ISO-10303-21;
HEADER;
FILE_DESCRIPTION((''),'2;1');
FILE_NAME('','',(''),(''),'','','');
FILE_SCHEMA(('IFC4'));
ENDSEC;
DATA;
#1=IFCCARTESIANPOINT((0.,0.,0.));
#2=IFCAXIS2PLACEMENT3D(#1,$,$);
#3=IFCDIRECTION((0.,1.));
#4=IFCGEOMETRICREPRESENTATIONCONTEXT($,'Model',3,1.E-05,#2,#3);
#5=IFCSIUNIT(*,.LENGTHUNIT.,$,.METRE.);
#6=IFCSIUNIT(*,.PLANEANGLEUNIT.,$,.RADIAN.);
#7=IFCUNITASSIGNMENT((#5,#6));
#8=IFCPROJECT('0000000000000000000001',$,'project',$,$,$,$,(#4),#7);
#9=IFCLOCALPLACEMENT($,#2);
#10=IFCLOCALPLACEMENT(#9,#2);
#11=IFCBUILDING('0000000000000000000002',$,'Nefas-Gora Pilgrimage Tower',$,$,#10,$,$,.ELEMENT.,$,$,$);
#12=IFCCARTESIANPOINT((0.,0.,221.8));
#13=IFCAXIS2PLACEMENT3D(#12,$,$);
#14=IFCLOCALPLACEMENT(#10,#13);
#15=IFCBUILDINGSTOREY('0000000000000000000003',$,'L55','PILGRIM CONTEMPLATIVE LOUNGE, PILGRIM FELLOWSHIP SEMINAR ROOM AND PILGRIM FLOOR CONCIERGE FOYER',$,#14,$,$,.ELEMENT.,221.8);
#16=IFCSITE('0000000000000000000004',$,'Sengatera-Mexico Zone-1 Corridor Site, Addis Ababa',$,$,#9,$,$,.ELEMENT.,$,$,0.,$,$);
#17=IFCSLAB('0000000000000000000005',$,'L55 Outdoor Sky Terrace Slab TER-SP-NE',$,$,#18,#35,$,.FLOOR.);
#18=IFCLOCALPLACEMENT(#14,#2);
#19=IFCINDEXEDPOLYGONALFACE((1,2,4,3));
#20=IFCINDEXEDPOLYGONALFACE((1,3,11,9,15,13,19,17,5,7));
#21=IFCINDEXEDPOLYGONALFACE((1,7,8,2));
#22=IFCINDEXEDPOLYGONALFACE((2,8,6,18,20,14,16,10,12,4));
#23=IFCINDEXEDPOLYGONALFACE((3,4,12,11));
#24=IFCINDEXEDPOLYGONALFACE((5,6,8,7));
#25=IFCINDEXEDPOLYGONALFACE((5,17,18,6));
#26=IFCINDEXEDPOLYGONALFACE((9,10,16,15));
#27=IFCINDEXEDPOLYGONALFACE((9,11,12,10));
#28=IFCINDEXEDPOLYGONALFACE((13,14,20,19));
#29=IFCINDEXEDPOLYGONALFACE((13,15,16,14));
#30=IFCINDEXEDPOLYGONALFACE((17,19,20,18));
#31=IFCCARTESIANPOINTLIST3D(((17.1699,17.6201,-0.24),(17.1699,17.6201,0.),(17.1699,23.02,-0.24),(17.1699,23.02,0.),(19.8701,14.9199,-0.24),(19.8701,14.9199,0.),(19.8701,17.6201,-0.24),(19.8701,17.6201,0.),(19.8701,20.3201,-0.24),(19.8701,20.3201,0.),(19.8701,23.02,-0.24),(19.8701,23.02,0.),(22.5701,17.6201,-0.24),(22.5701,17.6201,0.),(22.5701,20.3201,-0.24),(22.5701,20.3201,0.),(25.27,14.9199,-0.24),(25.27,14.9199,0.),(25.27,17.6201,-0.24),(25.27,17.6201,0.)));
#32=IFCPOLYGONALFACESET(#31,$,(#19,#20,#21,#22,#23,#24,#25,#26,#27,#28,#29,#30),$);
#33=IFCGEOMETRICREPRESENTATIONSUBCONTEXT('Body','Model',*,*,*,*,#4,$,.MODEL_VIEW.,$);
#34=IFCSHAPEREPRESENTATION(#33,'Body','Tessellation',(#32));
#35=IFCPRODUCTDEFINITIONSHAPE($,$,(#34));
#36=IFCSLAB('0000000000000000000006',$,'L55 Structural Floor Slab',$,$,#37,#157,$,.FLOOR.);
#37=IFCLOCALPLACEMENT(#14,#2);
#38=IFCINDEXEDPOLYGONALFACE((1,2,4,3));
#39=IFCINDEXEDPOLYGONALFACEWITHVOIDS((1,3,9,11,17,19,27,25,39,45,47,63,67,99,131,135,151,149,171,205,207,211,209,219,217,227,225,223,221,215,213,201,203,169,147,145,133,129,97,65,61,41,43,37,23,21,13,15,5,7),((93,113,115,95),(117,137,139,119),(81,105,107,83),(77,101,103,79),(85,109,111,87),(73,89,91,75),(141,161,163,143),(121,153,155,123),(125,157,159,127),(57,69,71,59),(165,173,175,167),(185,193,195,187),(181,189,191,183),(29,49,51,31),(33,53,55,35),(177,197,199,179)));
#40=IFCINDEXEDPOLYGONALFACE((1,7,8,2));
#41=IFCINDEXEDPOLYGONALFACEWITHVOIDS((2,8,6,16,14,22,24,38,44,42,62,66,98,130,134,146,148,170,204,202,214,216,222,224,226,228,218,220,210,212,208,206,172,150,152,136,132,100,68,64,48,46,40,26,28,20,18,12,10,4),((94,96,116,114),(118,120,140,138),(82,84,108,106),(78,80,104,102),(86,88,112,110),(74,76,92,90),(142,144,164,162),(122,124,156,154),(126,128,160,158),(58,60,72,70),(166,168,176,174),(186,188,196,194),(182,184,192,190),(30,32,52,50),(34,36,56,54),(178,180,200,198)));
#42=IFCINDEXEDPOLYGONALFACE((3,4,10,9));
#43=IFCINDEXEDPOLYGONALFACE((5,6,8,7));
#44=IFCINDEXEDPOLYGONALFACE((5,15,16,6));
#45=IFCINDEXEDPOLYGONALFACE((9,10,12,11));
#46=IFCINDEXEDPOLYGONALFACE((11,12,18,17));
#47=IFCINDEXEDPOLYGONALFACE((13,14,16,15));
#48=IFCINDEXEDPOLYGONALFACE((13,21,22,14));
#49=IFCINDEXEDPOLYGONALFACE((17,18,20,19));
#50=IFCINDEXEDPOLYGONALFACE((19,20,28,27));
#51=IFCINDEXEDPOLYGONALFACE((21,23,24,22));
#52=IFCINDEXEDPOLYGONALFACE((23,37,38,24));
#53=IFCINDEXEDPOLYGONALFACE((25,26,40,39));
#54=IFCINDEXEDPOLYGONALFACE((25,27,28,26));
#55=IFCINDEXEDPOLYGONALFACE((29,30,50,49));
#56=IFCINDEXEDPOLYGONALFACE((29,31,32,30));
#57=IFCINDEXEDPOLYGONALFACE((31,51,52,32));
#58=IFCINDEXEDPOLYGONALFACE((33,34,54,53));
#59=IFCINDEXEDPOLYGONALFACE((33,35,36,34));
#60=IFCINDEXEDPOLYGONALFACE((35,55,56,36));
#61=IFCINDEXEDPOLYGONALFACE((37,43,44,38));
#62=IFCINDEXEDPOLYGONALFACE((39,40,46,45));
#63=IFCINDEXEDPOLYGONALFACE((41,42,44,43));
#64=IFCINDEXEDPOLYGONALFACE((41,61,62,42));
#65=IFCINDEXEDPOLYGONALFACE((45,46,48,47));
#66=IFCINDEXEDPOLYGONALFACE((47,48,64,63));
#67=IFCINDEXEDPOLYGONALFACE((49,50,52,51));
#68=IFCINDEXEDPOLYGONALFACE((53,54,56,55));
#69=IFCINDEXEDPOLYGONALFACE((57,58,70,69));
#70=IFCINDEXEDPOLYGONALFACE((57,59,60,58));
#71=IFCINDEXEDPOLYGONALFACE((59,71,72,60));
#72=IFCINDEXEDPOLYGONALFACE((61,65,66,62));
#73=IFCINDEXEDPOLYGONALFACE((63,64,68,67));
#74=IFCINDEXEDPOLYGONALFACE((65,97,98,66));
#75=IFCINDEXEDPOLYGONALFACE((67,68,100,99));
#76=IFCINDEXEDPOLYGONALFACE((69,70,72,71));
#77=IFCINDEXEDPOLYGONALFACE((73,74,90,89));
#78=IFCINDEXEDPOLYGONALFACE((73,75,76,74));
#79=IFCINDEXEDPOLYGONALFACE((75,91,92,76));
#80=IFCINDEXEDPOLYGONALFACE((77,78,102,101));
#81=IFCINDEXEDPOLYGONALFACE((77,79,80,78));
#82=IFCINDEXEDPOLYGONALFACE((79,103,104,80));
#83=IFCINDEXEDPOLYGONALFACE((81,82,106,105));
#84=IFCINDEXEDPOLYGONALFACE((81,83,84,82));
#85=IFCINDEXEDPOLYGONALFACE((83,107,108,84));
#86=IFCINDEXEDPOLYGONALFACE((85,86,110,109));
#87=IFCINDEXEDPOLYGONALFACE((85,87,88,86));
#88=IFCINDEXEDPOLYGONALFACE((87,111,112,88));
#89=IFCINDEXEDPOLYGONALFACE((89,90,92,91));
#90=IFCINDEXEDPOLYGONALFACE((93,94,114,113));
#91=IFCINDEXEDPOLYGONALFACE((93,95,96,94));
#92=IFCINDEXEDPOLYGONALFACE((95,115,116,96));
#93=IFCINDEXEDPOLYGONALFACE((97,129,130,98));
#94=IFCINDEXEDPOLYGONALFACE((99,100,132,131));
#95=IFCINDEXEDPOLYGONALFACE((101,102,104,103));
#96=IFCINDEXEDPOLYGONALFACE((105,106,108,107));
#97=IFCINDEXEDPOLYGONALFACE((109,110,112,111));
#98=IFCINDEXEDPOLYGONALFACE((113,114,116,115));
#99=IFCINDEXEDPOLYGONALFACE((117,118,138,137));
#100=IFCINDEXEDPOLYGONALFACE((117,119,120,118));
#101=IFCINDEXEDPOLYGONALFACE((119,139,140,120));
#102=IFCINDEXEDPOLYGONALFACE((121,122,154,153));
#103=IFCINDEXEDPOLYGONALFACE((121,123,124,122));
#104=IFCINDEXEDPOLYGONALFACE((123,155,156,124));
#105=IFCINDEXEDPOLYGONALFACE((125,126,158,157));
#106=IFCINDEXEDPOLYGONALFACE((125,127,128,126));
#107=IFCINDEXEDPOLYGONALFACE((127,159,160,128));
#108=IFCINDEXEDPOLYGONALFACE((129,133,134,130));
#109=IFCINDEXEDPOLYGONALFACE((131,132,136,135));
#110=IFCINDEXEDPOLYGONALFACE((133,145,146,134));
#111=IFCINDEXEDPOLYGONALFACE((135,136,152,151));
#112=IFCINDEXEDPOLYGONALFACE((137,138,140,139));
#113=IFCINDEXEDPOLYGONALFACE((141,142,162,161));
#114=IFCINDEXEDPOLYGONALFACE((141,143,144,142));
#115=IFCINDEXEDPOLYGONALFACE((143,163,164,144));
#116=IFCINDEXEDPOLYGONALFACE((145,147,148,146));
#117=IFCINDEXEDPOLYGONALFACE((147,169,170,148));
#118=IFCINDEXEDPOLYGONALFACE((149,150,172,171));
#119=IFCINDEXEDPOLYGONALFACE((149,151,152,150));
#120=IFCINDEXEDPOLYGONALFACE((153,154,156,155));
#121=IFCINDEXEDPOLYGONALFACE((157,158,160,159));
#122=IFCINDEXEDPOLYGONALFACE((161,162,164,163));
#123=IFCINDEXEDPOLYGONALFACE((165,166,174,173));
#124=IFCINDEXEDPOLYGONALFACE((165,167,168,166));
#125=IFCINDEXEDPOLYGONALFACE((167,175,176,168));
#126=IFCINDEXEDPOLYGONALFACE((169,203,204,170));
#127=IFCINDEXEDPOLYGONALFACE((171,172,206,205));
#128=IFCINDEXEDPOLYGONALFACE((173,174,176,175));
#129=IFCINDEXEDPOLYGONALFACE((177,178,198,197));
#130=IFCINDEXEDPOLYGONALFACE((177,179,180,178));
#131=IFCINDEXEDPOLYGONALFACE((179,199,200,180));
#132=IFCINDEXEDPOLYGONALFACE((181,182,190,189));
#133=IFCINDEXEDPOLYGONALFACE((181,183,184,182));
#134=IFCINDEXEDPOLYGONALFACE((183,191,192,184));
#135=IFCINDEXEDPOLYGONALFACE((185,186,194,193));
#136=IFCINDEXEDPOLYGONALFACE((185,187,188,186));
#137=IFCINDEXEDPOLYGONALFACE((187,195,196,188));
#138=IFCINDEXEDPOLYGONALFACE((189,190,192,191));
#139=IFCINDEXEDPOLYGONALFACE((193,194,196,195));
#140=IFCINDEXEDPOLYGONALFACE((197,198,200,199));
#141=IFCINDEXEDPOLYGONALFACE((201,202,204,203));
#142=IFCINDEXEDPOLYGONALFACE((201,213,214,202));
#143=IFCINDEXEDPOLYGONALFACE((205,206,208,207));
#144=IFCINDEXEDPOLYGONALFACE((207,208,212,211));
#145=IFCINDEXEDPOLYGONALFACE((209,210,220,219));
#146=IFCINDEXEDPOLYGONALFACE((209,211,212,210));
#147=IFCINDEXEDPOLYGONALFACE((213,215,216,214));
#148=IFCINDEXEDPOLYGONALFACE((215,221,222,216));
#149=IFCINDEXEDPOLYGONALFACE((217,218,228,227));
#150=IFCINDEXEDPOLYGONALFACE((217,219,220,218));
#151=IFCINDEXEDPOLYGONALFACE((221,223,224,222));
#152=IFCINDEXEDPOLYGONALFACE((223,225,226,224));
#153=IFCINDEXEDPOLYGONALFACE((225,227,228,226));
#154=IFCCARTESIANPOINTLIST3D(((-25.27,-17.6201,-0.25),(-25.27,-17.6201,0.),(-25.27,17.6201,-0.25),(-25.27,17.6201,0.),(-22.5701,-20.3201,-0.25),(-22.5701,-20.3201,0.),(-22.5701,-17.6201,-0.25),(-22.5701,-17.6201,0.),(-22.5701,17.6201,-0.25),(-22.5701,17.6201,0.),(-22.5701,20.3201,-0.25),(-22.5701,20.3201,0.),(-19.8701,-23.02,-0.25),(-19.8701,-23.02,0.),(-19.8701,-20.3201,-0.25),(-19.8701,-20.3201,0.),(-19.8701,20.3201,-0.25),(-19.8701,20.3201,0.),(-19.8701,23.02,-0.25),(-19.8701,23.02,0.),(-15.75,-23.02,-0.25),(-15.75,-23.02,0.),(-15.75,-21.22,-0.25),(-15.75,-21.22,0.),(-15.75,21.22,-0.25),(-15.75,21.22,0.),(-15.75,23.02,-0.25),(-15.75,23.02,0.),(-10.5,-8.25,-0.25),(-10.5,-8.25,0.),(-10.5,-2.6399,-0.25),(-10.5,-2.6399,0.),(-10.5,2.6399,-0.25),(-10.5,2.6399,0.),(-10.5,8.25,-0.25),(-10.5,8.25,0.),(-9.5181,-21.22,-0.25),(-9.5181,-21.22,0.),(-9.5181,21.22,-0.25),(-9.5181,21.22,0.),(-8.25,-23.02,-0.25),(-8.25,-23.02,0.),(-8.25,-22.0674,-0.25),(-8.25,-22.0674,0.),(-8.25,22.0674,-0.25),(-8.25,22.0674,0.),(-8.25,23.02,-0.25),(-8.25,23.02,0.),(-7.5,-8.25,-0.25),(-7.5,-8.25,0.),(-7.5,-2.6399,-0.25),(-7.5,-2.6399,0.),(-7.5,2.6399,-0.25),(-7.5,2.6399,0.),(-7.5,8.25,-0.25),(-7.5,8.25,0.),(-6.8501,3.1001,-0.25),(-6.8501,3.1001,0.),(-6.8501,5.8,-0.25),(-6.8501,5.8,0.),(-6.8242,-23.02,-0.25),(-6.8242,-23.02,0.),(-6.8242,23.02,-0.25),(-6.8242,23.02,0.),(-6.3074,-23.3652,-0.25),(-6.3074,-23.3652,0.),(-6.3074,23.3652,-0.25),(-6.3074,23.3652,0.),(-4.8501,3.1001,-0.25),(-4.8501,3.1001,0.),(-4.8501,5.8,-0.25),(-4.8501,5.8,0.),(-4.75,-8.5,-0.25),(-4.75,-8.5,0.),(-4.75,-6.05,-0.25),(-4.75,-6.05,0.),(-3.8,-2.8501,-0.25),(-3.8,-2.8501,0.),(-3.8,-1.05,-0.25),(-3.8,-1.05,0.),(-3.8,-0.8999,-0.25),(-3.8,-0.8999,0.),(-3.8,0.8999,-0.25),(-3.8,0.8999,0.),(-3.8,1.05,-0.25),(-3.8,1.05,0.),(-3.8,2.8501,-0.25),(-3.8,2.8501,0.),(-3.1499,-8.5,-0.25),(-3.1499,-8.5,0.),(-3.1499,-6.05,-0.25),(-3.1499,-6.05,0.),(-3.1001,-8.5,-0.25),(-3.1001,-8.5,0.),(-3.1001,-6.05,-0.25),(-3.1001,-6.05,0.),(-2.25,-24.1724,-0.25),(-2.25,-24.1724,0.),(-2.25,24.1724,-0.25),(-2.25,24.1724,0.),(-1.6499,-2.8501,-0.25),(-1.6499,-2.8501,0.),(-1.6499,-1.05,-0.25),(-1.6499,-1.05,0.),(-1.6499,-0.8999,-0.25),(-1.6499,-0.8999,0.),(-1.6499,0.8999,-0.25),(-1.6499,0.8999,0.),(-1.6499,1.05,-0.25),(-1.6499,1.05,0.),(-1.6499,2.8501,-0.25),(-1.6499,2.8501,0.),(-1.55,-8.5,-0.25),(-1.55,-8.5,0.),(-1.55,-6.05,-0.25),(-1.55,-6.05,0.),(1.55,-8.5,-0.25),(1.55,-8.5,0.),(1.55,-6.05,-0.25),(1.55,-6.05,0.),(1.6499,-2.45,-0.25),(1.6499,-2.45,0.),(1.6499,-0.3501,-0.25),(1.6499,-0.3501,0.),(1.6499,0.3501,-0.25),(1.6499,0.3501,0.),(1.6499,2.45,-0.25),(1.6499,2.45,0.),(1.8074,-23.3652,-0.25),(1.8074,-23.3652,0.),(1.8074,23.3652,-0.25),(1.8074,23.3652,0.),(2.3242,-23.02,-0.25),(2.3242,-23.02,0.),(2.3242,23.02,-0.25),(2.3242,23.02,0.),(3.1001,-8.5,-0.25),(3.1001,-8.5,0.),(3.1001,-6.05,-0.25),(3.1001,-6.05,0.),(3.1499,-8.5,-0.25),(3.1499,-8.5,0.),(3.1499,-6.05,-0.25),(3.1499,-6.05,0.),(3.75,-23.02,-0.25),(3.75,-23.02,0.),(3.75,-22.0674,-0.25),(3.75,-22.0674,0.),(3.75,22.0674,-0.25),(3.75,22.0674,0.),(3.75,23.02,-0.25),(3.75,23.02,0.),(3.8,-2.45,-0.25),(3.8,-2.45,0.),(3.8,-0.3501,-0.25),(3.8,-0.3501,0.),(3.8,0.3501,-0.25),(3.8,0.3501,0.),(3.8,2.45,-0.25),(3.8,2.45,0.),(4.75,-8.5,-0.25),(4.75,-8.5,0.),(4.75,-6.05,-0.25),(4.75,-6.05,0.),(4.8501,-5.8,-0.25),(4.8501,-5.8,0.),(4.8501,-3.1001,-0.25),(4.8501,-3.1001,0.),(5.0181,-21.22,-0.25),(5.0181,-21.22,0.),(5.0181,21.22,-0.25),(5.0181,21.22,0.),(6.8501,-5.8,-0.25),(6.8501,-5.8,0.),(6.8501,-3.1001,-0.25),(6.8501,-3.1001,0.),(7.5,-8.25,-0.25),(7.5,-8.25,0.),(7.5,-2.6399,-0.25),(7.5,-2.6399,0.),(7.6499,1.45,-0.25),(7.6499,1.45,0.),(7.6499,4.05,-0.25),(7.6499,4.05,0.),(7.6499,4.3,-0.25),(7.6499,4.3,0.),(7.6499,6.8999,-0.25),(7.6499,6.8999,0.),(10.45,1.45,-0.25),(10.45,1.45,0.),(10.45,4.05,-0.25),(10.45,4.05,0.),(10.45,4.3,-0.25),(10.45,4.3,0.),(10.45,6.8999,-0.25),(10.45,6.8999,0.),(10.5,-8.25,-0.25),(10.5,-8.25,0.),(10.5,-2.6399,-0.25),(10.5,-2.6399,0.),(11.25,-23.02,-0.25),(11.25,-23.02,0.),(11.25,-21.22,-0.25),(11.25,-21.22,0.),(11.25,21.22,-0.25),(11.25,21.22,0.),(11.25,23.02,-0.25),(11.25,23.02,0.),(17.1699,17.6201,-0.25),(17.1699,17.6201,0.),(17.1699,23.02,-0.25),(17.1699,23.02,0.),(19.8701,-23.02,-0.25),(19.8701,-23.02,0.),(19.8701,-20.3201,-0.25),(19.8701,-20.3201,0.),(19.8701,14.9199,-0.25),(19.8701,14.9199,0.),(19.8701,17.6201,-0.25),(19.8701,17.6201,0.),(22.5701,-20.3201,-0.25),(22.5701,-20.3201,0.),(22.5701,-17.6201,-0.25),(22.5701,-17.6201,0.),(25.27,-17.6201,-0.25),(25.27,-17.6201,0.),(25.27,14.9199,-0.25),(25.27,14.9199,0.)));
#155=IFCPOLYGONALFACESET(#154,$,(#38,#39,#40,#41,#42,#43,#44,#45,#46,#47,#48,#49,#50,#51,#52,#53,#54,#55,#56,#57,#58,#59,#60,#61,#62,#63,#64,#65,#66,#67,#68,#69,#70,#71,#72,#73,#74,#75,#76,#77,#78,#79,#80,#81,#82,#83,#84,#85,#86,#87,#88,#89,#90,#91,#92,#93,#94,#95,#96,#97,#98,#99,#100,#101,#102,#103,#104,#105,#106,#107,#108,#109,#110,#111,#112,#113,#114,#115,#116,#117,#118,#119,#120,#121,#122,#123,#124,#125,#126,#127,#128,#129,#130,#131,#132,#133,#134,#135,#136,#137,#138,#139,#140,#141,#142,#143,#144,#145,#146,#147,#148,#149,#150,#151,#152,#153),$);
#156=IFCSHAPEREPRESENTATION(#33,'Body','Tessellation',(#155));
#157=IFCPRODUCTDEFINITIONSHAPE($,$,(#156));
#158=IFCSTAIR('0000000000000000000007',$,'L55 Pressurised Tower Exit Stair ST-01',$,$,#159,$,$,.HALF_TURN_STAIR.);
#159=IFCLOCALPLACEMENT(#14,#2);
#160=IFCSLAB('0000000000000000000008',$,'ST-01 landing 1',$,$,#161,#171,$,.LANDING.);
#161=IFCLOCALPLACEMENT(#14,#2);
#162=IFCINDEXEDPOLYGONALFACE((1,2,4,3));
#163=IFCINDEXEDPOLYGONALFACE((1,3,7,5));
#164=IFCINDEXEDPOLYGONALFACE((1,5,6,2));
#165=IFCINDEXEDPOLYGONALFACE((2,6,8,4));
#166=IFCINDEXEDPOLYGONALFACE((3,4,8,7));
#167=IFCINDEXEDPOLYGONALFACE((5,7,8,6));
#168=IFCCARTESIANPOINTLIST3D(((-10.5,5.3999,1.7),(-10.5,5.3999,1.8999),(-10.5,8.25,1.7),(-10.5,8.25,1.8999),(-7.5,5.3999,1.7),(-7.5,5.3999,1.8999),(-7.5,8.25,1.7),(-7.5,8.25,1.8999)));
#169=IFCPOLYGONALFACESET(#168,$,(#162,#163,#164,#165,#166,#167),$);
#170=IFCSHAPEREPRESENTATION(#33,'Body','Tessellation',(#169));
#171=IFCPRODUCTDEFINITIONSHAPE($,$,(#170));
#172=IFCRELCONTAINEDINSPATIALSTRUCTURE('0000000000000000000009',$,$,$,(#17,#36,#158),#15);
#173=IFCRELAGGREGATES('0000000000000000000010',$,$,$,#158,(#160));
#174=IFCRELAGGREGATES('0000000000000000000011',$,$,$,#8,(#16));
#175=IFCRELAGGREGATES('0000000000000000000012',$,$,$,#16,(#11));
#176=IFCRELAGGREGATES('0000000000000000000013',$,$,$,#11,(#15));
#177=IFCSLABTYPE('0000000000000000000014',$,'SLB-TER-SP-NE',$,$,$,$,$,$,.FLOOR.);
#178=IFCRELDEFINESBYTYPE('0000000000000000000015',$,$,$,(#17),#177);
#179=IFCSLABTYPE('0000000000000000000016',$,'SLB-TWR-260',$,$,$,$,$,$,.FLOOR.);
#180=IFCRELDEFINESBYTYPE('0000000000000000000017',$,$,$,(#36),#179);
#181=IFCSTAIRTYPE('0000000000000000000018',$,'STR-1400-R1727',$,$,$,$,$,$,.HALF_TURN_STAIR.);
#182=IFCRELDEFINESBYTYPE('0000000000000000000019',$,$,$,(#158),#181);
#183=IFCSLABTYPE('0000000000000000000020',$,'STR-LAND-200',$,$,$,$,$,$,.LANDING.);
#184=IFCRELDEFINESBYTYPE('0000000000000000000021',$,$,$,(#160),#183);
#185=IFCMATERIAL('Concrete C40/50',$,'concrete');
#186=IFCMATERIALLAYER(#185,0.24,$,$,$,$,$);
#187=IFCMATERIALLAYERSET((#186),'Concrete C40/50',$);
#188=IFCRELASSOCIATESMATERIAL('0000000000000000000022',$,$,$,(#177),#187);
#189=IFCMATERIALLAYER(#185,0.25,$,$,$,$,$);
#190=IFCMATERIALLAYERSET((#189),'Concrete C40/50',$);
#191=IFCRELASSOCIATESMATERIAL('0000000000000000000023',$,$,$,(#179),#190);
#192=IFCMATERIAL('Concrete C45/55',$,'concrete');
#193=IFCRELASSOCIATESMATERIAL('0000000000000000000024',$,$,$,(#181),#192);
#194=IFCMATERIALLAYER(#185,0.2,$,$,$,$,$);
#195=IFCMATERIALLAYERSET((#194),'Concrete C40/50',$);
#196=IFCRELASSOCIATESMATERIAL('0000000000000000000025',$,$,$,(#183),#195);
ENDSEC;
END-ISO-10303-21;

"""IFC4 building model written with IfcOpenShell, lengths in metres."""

from ifc_helpers import new_model, si_unit, direction, frame, origin, place, context, subcontext, project, spatial, polyline, outline, extrude, material, layer, layer_set, type_object, element, aggregate, save


model = new_model("IFC4")

# Units and contexts
model_context = context("Model", 3, precision=1e-05, world=origin(), true_north=direction((0.0, 1.0)))
body_context = subcontext(model_context, "Body", "Model", "MODEL_VIEW")
ifc_project = project(units=[si_unit("LENGTHUNIT", "METRE"), si_unit("PLANEANGLEUNIT", "RADIAN")], contexts=[model_context])

# Site, building, storey
site_placement = place(None, origin())
site = spatial("IfcSite", under=ifc_project, at=site_placement, Name="Sengatera-Mexico Zone-1 Corridor Site, Addis Ababa", CompositionType="ELEMENT", RefElevation=0.0)
building_placement = place(site_placement, origin())
building = spatial("IfcBuilding", under=site, at=building_placement, Name="Nefas-Gora Pilgrimage Tower", CompositionType="ELEMENT")
storey_placement = place(building_placement, frame((0.0, 0.0, 221.8)))
storey = spatial("IfcBuildingStorey", under=building, at=storey_placement, Name="L55", Description="PILGRIM CONTEMPLATIVE LOUNGE, PILGRIM FELLOWSHIP SEMINAR ROOM AND PILGRIM FLOOR CONCIERGE FOYER", CompositionType="ELEMENT", Elevation=221.8)

# Slabs
ifc_material_1 = material(Name="Concrete C40/50", Category="concrete")
ifc_layer_1 = layer(ifc_material_1, 0.24)
ifc_layer_set_1 = layer_set([ifc_layer_1], Name="Concrete C40/50")
slab_type_1 = type_object("IfcSlabType", Name="SLB-TER-SP-NE", PredefinedType="FLOOR", material=ifc_layer_set_1)
slab_1_placement = place(storey_placement, frame((0.0, 0.0, -0.24)))
element("IfcSlab", 1, at=slab_1_placement, inside=storey, type_object=slab_type_1, Name="L55 Outdoor Sky Terrace Slab TER-SP-NE", PredefinedType="FLOOR", context=body_context, shape_type="SweptSolid", body=[
    extrude(outline(polyline([(17.1699, 23.02), (17.1699, 17.6201), (19.8701, 17.6201), (19.8701, 14.9199), (25.27, 14.9199), (25.27, 17.6201), (22.5701, 17.6201), (22.5701, 20.3201), (19.8701, 20.3201), (19.8701, 23.02), (17.1699, 23.02)])), origin(), (0.0, 0.0, 1.0), 0.24),
])
ifc_layer_2 = layer(ifc_material_1, 0.25)
ifc_layer_set_2 = layer_set([ifc_layer_2], Name="Concrete C40/50")
slab_type_2 = type_object("IfcSlabType", Name="SLB-TWR-260", PredefinedType="FLOOR", material=ifc_layer_set_2)
slab_2_placement = place(storey_placement, frame((0.0, 0.0, -0.25)))
element("IfcSlab", 2, at=slab_2_placement, inside=storey, type_object=slab_type_2, Name="L55 Structural Floor Slab", PredefinedType="FLOOR", context=body_context, shape_type="SweptSolid", body=[
    extrude(outline(polyline([(5.0181, -21.22), (11.25, -21.22), (11.25, -23.02), (19.8701, -23.02), (19.8701, -20.3201), (22.5701, -20.3201), (22.5701, -17.6201), (25.27, -17.6201), (25.27, 14.9199), (19.8701, 14.9199), (19.8701, 17.6201), (17.1699, 17.6201), (17.1699, 23.02), (11.25, 23.02), (11.25, 21.22), (5.0181, 21.22), (3.75, 22.0674), (3.75, 23.02), (2.3242, 23.02), (1.8074, 23.3652), (-2.25, 24.1724), (-6.3074, 23.3652), (-6.8242, 23.02), (-8.25, 23.02), (-8.25, 22.0674), (-9.5181, 21.22), (-15.75, 21.22), (-15.75, 23.02), (-19.8701, 23.02), (-19.8701, 20.3201), (-22.5701, 20.3201), (-22.5701, 17.6201), (-25.27, 17.6201), (-25.27, -17.6201), (-22.5701, -17.6201), (-22.5701, -20.3201), (-19.8701, -20.3201), (-19.8701, -23.02), (-15.75, -23.02), (-15.75, -21.22), (-9.5181, -21.22), (-8.25, -22.0674), (-8.25, -23.02), (-6.8242, -23.02), (-6.3074, -23.3652), (-2.25, -24.1724), (1.8074, -23.3652), (2.3242, -23.02), (3.75, -23.02), (3.75, -22.0674), (5.0181, -21.22)]), holes=[polyline([(-10.5, 2.6399), (-10.5, 8.25), (-7.5, 8.25), (-7.5, 2.6399), (-10.5, 2.6399)]), polyline([(10.5, -2.6399), (10.5, -8.25), (7.5, -8.25), (7.5, -2.6399), (10.5, -2.6399)]), polyline([(-7.5, -2.6399), (-7.5, -8.25), (-10.5, -8.25), (-10.5, -2.6399), (-7.5, -2.6399)]), polyline([(-6.8501, 5.8), (-4.8501, 5.8), (-4.8501, 3.1001), (-6.8501, 3.1001), (-6.8501, 5.8)]), polyline([(4.8501, -3.1001), (6.8501, -3.1001), (6.8501, -5.8), (4.8501, -5.8), (4.8501, -3.1001)]), polyline([(7.6499, 4.05), (10.45, 4.05), (10.45, 1.45), (7.6499, 1.45), (7.6499, 4.05)]), polyline([(7.6499, 6.8999), (10.45, 6.8999), (10.45, 4.3), (7.6499, 4.3), (7.6499, 6.8999)]), polyline([(-4.75, -6.05), (-3.1499, -6.05), (-3.1499, -8.5), (-4.75, -8.5), (-4.75, -6.05)]), polyline([(-3.1001, -6.05), (-1.55, -6.05), (-1.55, -8.5), (-3.1001, -8.5), (-3.1001, -6.05)]), polyline([(1.55, -6.05), (3.1001, -6.05), (3.1001, -8.5), (1.55, -8.5), (1.55, -6.05)]), polyline([(3.1499, -6.05), (4.75, -6.05), (4.75, -8.5), (3.1499, -8.5), (3.1499, -6.05)]), polyline([(-3.8, -1.05), (-1.6499, -1.05), (-1.6499, -2.8501), (-3.8, -2.8501), (-3.8, -1.05)]), polyline([(-3.8, 0.8999), (-1.6499, 0.8999), (-1.6499, -0.8999), (-3.8, -0.8999), (-3.8, 0.8999)]), polyline([(-3.8, 2.8501), (-1.6499, 2.8501), (-1.6499, 1.05), (-3.8, 1.05), (-3.8, 2.8501)]), polyline([(1.6499, -0.3501), (3.8, -0.3501), (3.8, -2.45), (1.6499, -2.45), (1.6499, -0.3501)]), polyline([(1.6499, 2.45), (3.8, 2.45), (3.8, 0.3501), (1.6499, 0.3501), (1.6499, 2.45)])]), origin(), (0.0, 0.0, 1.0), 0.25),
])

# Stair, slab
ifc_material_2 = material(Name="Concrete C45/55", Category="concrete")
stair_type = type_object("IfcStairType", Name="STR-1400-R1727", PredefinedType="HALF_TURN_STAIR", material=ifc_material_2)
stair_1_placement = place(storey_placement, origin())
stair_1 = element("IfcStair", 3, at=stair_1_placement, inside=storey, type_object=stair_type, Name="L55 Pressurised Tower Exit Stair ST-01", PredefinedType="HALF_TURN_STAIR")
ifc_layer_3 = layer(ifc_material_1, 0.2)
ifc_layer_set_3 = layer_set([ifc_layer_3], Name="Concrete C40/50")
slab_type_3 = type_object("IfcSlabType", Name="STR-LAND-200", PredefinedType="LANDING", material=ifc_layer_set_3)
slab_3_placement = place(storey_placement, frame((0.0, 0.0, 1.7)))
slab_3 = element("IfcSlab", 4, at=slab_3_placement, type_object=slab_type_3, Name="ST-01 landing 1", PredefinedType="LANDING", context=body_context, shape_type="SweptSolid", body=[
    extrude(outline(polyline([(-7.5, 5.3999), (-7.5, 8.25), (-10.5, 8.25), (-10.5, 5.3999), (-7.5, 5.3999)])), origin(), (0.0, 0.0, 1.0), 0.2),
])
aggregate(stair_1, [slab_3])

save(model, "model.ifc")
